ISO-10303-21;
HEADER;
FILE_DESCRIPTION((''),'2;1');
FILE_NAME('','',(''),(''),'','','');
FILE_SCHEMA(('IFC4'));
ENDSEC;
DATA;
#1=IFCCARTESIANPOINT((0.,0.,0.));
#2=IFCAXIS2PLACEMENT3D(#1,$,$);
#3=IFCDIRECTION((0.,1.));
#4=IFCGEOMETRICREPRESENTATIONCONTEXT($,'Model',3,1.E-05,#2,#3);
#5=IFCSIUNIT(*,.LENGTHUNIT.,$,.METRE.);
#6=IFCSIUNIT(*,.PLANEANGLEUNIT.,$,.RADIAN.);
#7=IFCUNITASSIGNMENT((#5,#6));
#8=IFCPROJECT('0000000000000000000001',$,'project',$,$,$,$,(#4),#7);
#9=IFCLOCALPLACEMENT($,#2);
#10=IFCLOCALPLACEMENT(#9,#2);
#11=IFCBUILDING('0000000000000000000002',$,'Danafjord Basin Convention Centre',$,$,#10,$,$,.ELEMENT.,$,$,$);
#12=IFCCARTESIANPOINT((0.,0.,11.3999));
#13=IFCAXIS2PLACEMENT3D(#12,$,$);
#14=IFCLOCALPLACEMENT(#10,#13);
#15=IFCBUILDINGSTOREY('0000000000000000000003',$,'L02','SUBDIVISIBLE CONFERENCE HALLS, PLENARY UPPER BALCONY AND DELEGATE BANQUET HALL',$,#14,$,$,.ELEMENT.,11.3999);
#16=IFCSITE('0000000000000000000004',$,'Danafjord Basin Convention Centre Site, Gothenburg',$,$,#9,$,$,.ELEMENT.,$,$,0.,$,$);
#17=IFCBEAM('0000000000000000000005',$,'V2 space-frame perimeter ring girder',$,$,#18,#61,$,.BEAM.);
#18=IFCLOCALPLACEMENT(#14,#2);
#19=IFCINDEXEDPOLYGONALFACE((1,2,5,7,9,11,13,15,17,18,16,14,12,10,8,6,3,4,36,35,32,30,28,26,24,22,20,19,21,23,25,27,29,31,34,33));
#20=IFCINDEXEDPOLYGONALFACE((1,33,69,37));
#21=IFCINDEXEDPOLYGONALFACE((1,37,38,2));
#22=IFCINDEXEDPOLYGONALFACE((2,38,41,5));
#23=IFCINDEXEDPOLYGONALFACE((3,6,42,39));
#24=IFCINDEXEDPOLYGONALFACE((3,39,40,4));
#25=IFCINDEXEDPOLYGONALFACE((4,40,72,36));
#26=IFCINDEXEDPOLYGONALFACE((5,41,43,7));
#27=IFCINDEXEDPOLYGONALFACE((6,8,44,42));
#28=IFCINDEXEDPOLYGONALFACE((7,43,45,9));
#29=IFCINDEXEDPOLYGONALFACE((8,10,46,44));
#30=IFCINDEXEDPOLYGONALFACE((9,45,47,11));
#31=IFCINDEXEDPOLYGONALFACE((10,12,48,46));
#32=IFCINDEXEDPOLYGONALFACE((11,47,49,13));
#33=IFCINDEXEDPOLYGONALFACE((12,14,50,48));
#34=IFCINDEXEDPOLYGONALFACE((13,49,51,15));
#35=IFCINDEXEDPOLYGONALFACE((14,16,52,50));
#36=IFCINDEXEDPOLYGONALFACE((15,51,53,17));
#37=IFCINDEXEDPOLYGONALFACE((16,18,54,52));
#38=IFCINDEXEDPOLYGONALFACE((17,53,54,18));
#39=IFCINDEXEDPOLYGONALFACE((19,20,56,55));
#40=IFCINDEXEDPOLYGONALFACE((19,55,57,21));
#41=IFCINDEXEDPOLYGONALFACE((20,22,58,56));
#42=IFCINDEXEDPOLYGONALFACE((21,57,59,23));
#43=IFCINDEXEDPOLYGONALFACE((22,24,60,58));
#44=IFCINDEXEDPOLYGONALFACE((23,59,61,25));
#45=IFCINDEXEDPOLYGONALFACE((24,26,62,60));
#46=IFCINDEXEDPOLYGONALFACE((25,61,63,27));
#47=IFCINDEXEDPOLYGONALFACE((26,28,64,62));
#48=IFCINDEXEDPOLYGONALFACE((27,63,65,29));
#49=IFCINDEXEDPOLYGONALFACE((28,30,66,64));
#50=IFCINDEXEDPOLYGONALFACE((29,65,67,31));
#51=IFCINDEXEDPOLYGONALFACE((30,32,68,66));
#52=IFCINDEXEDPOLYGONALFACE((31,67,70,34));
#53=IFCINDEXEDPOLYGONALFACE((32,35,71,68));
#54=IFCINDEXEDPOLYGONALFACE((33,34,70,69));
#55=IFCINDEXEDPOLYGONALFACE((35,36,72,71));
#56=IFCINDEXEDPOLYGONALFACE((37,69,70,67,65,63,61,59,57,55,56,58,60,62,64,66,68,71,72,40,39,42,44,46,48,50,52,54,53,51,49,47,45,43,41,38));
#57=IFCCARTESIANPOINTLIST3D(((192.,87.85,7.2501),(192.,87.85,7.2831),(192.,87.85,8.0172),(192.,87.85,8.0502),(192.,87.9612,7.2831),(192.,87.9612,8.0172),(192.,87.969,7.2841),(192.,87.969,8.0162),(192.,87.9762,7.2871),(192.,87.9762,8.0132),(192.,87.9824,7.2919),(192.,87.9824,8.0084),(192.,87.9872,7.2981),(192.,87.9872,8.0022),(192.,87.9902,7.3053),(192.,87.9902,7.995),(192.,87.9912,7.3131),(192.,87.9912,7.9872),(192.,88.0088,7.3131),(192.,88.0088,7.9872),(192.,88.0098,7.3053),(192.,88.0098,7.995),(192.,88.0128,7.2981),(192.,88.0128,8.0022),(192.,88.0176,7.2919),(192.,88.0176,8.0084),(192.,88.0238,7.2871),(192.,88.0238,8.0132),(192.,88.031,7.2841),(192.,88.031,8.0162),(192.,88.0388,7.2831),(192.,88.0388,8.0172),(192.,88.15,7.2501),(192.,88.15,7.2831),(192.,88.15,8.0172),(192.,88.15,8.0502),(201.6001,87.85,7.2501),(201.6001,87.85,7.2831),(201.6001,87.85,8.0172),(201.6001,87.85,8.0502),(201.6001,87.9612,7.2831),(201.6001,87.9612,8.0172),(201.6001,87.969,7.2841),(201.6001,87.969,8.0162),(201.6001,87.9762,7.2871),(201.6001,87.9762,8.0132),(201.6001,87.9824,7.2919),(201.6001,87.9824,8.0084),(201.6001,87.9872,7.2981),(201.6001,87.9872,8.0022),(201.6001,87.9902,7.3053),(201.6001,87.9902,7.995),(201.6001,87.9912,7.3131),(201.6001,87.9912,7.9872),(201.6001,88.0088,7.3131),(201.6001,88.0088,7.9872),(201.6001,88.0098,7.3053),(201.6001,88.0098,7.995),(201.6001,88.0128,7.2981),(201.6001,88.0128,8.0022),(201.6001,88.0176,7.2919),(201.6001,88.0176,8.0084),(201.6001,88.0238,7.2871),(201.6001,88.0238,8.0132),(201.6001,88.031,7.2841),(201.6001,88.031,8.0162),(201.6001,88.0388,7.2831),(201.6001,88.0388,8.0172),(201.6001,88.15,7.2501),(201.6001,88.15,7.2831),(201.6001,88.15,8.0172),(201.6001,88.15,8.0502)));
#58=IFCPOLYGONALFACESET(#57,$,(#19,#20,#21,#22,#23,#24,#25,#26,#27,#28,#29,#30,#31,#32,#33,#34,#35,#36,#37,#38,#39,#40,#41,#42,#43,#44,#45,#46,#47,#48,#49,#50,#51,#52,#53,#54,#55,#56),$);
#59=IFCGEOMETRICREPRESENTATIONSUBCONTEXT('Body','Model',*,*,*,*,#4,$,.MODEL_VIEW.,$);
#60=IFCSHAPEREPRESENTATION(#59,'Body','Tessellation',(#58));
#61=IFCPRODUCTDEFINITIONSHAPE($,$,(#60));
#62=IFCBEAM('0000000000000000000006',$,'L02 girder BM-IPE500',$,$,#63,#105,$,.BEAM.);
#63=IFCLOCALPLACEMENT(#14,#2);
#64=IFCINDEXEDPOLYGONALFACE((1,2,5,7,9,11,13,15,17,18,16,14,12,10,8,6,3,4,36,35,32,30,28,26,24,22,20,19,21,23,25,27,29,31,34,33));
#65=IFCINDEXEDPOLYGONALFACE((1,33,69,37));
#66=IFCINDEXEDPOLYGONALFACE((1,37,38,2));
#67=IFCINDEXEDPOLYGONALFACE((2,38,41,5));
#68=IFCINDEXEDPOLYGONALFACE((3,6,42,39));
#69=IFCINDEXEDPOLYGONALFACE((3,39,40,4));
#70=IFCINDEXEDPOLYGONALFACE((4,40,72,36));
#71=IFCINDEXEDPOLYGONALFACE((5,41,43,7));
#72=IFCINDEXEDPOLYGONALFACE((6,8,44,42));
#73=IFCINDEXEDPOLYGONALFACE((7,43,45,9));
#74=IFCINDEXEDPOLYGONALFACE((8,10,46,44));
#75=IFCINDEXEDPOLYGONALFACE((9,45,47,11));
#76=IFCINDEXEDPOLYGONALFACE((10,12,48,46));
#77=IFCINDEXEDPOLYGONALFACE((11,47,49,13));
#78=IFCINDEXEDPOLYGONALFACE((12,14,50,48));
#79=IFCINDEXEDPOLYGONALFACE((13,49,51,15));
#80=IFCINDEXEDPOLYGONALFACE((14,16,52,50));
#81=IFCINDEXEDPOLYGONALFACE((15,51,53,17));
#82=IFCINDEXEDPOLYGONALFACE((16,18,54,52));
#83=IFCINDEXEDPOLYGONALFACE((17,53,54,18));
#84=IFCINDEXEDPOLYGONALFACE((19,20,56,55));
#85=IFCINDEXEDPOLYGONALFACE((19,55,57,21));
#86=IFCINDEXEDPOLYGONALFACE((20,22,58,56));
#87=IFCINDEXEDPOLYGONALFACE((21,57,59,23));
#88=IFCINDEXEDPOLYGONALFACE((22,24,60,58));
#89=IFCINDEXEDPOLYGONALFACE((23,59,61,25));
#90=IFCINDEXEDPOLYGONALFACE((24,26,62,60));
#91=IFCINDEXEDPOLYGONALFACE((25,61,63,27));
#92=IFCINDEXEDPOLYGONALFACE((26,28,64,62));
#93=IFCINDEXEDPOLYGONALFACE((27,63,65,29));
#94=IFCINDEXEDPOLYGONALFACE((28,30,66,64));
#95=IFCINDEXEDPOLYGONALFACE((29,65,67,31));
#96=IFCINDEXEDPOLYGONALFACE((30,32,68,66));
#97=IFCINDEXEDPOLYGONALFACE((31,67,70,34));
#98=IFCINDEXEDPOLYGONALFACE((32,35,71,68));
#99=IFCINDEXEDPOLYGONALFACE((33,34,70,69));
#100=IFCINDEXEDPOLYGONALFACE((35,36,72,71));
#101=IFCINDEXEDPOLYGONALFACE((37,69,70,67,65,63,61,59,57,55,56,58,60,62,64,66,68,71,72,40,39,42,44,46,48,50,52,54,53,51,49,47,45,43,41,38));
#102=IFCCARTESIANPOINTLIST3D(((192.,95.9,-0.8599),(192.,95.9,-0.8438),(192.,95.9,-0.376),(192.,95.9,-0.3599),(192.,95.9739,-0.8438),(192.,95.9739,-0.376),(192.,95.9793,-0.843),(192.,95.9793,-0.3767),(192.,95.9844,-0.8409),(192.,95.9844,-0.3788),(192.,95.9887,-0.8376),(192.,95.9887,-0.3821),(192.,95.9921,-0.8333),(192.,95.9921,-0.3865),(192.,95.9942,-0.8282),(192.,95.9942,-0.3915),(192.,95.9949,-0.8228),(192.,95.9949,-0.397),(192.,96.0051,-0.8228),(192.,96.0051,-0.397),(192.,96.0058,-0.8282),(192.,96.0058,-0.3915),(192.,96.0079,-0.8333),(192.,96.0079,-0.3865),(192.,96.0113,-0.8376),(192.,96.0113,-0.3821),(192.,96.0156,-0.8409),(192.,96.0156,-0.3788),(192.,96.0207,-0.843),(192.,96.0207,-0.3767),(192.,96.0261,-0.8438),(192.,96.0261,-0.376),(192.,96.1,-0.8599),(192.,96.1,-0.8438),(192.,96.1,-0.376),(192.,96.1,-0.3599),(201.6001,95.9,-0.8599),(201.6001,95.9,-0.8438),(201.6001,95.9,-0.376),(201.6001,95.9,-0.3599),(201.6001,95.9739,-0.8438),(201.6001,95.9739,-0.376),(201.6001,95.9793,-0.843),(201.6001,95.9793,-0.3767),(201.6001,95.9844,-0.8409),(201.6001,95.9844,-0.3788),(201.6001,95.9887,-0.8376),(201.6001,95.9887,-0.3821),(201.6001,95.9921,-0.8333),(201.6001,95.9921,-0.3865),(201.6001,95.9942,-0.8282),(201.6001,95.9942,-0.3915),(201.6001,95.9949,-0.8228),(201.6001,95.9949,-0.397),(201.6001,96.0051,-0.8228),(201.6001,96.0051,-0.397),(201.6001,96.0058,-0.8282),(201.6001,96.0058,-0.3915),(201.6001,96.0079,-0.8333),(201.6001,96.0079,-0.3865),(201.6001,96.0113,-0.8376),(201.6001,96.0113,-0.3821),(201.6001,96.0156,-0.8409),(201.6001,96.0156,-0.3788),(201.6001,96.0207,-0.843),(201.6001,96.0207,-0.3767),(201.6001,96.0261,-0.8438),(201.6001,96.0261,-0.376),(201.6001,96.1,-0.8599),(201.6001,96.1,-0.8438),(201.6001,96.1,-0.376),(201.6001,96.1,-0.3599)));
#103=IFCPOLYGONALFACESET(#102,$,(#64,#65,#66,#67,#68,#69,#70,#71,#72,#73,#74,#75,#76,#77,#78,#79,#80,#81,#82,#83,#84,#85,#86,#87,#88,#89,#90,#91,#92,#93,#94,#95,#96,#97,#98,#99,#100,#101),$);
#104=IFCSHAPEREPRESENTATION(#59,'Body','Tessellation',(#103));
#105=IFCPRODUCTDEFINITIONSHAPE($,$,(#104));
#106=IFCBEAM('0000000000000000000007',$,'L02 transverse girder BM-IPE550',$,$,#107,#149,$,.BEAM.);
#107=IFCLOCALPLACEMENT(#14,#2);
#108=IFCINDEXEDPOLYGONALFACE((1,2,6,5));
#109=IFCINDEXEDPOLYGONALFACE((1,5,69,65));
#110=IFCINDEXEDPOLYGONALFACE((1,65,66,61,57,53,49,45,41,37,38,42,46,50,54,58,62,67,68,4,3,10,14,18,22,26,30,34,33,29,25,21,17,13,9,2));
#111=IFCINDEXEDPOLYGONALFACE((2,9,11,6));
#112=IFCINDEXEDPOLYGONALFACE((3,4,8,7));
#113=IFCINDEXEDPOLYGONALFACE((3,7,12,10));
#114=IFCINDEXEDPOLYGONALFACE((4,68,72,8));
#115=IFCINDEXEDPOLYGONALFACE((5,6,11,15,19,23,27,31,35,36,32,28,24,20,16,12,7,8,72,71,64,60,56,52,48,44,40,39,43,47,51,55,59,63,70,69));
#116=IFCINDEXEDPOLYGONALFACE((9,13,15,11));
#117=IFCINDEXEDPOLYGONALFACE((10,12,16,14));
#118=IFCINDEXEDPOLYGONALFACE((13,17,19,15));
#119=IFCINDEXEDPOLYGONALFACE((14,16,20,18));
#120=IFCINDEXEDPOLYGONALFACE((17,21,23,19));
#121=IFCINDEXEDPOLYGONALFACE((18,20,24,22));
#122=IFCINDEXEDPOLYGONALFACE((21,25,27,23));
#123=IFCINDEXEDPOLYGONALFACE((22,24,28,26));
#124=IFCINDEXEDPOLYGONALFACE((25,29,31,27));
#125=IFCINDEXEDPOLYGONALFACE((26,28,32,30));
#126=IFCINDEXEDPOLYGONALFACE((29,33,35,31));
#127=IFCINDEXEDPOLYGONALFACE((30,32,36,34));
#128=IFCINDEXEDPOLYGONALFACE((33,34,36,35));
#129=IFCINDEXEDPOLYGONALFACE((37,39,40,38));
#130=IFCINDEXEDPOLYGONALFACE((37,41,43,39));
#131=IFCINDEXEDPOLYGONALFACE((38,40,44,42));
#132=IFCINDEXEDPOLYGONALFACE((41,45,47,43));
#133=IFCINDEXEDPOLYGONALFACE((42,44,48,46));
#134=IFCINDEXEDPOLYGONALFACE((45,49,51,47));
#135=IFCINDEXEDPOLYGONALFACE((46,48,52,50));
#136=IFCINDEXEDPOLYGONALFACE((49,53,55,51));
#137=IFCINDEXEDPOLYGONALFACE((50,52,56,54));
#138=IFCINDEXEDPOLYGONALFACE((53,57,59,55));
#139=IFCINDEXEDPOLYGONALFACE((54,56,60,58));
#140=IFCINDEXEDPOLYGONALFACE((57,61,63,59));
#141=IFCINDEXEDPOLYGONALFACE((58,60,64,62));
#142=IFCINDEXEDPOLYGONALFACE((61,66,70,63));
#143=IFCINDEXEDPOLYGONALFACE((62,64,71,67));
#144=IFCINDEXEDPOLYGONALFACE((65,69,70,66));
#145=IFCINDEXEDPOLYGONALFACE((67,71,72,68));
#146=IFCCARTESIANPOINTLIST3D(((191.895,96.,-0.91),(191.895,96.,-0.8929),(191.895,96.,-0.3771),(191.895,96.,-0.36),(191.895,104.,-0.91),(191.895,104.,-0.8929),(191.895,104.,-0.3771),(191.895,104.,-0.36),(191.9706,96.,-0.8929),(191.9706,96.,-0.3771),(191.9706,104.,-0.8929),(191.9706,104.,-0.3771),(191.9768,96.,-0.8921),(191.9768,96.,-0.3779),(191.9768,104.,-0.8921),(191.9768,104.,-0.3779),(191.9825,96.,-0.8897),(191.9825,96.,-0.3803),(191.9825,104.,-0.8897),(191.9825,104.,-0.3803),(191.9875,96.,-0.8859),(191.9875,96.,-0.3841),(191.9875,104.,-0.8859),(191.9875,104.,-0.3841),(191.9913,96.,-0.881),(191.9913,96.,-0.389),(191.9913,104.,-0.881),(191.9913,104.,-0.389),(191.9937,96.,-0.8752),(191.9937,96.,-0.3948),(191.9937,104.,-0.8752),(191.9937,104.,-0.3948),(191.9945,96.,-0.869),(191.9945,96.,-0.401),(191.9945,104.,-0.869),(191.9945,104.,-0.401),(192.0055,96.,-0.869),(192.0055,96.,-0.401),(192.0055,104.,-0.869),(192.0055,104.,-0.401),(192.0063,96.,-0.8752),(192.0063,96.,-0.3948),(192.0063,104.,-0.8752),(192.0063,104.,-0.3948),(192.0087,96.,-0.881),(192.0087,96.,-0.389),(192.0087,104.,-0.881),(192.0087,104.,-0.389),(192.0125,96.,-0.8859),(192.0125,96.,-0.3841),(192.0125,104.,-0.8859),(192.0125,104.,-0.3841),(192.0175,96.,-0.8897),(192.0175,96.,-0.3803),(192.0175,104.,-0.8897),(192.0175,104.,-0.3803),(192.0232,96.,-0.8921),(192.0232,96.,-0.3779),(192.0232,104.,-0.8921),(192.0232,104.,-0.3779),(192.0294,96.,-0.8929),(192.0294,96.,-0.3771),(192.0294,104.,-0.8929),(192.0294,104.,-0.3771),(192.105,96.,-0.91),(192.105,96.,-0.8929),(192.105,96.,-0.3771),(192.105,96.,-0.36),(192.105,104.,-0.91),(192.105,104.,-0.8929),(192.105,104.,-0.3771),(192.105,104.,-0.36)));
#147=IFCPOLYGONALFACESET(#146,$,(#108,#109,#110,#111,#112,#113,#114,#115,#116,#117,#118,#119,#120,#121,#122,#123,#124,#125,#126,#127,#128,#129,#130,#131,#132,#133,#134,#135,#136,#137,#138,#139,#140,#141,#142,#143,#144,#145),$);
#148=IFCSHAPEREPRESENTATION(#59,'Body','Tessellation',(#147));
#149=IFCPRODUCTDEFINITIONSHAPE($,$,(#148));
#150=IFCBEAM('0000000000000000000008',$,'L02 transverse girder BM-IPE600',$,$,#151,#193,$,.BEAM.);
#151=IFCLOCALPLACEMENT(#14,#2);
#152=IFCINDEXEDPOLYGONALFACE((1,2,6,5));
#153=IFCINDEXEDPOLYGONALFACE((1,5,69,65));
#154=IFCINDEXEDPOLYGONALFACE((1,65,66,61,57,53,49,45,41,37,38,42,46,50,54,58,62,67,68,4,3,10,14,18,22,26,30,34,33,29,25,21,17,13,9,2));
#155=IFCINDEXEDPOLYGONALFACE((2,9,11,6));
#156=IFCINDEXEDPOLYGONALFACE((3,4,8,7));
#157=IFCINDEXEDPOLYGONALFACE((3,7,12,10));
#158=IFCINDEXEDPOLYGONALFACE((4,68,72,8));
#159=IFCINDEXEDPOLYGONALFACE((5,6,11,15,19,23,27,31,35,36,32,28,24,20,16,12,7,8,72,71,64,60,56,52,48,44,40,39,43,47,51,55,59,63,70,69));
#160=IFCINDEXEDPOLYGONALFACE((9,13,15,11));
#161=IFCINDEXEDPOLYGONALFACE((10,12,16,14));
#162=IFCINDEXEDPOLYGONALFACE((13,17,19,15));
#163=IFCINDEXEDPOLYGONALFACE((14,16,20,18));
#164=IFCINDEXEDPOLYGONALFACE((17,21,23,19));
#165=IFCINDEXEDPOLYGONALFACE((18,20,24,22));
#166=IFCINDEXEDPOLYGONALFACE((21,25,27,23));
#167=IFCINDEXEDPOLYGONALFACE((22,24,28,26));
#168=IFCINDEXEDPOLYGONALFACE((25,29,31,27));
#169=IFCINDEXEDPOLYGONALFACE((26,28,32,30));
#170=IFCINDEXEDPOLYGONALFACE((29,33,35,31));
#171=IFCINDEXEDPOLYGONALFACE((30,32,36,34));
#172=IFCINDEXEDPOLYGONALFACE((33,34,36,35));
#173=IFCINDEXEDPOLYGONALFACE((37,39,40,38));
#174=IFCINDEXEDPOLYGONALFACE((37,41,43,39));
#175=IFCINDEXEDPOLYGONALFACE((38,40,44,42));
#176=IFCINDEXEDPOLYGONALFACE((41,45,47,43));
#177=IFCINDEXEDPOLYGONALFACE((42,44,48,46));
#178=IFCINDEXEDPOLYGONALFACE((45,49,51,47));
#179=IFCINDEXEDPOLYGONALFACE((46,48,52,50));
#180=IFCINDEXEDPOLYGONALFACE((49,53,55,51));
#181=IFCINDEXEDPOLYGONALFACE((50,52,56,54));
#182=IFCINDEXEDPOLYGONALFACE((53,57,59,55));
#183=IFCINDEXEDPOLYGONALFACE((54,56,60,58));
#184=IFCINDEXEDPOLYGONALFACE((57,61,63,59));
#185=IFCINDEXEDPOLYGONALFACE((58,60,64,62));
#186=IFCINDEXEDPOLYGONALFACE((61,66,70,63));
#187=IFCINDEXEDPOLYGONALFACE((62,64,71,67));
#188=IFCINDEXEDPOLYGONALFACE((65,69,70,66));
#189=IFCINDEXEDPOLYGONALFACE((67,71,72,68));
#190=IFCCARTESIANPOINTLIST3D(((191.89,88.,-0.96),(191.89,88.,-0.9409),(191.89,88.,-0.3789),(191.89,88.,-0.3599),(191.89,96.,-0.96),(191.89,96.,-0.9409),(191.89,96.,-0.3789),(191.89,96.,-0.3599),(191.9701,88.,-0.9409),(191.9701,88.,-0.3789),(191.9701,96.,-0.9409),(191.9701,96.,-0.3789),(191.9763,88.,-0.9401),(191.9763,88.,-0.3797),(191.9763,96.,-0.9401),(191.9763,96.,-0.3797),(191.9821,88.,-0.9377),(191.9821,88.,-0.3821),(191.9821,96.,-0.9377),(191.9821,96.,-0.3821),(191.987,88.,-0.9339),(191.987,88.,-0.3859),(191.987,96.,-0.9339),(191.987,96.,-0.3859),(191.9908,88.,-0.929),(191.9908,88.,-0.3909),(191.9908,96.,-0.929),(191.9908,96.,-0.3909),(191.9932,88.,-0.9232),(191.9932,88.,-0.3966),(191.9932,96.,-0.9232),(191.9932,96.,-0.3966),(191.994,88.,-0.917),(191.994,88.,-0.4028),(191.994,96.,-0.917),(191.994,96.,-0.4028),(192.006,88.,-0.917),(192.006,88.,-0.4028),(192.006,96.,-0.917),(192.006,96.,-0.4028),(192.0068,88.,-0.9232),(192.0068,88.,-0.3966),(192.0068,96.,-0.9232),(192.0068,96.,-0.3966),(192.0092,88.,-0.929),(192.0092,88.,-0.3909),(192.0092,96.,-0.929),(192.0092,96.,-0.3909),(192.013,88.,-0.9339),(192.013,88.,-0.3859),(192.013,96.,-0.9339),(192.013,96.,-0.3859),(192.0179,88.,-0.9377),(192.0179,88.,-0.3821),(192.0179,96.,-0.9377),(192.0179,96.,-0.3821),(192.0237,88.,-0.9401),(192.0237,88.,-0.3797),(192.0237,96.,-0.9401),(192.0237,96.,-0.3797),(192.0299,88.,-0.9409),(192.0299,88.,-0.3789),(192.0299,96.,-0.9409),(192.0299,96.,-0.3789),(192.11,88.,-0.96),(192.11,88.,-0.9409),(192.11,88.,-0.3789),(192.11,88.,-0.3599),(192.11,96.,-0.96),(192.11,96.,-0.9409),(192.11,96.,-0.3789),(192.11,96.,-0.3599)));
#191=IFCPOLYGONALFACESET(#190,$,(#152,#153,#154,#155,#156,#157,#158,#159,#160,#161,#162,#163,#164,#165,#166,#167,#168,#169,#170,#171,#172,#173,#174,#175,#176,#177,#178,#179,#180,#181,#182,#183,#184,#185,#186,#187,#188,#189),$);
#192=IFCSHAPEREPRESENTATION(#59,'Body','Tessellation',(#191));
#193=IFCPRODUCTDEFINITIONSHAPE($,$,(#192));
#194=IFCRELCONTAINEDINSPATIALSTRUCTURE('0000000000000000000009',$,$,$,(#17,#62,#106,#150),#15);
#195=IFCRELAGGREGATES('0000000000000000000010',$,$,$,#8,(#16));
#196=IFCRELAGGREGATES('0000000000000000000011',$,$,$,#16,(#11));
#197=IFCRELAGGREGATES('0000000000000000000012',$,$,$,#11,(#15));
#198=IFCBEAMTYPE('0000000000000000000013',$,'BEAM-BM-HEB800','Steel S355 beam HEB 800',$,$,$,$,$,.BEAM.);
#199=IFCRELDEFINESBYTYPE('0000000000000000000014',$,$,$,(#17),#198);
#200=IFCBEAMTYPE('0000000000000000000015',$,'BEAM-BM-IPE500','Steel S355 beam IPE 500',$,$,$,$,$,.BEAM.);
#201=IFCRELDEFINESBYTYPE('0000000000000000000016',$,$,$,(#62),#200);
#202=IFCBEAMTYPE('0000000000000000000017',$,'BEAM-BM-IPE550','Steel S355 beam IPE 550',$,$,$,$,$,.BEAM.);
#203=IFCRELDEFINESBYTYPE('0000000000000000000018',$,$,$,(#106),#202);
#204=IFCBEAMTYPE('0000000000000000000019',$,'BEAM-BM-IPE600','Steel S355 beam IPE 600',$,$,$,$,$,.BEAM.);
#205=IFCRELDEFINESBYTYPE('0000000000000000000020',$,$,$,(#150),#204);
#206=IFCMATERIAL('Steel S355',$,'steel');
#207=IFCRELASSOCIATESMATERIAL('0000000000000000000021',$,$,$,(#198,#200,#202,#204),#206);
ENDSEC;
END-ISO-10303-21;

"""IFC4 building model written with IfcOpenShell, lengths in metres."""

from ifc_helpers import new_model, si_unit, direction, frame, origin, origin_2d, place, context, subcontext, project, spatial, i_section, extrude, material, material_profile, profile_set, type_object, element, save


model = new_model("IFC4")

# Units and contexts
model_context = context("Model", 3, precision=1e-05, world=origin(), true_north=direction((0.0, 1.0)))
body_context = subcontext(model_context, "Body", "Model", "MODEL_VIEW")
ifc_project = project(units=[si_unit("LENGTHUNIT", "METRE"), si_unit("PLANEANGLEUNIT", "RADIAN")], contexts=[model_context])

# Site, building, storey
site_placement = place(None, origin())
site = spatial("IfcSite", under=ifc_project, at=site_placement, Name="Danafjord Basin Convention Centre Site, Gothenburg", CompositionType="ELEMENT", RefElevation=0.0)
building_placement = place(site_placement, origin())
building = spatial("IfcBuilding", under=site, at=building_placement, Name="Danafjord Basin Convention Centre", CompositionType="ELEMENT")
storey_placement = place(building_placement, frame((0.0, 0.0, 11.3999)))
storey = spatial("IfcBuildingStorey", under=building, at=storey_placement, Name="L02", Description="SUBDIVISIBLE CONFERENCE HALLS, PLENARY UPPER BALCONY AND DELEGATE BANQUET HALL", CompositionType="ELEMENT", Elevation=11.3999)

# Beams
ifc_material_1 = material(Name="Steel S355", Category="steel")
ifc_material_profile_1 = material_profile(ifc_material_1, i_section(OverallWidth=0.3, OverallDepth=0.8, WebThickness=0.0176, FlangeThickness=0.033, FilletRadius=0.03, at=origin_2d()), Name="HEB 800")
ifc_profile_set_1 = profile_set([ifc_material_profile_1], Name="Steel S355")
beam_type_1 = type_object("IfcBeamType", Name="BEAM-BM-HEB800", Description="Steel S355 beam HEB 800", PredefinedType="BEAM", material=ifc_profile_set_1)
beam_1_placement = place(storey_placement, frame((192.0, 88.0, 7.6501), z_axis=(1.0, 0.0, 0.0), x_axis=(0.0, 1.0, 0.0)))
element("IfcBeam", 1, at=beam_1_placement, inside=storey, type_object=beam_type_1, Name="V2 space-frame perimeter ring girder", PredefinedType="BEAM", context=body_context, shape_type="SweptSolid", body=[
    extrude(i_section(OverallWidth=0.3, OverallDepth=0.8, WebThickness=0.0176, FlangeThickness=0.033, FilletRadius=0.03, at=origin_2d()), origin(), (0.0, 0.0, 1.0), 9.6001),
])
ifc_material_profile_2 = material_profile(ifc_material_1, i_section(OverallWidth=0.2, OverallDepth=0.5, WebThickness=0.0103, FlangeThickness=0.0161, FilletRadius=0.021, at=origin_2d()), Name="IPE 500")
ifc_profile_set_2 = profile_set([ifc_material_profile_2], Name="Steel S355")
beam_type_2 = type_object("IfcBeamType", Name="BEAM-BM-IPE500", Description="Steel S355 beam IPE 500", PredefinedType="BEAM", material=ifc_profile_set_2)
beam_2_placement = place(storey_placement, frame((192.0, 96.0, -0.6099), z_axis=(1.0, 0.0, 0.0), x_axis=(0.0, 1.0, 0.0)))
element("IfcBeam", 2, at=beam_2_placement, inside=storey, type_object=beam_type_2, Name="L02 girder BM-IPE500", PredefinedType="BEAM", context=body_context, shape_type="SweptSolid", body=[
    extrude(i_section(OverallWidth=0.2, OverallDepth=0.5, WebThickness=0.0103, FlangeThickness=0.0161, FilletRadius=0.021, at=origin_2d()), origin(), (0.0, 0.0, 1.0), 9.6001),
])
ifc_material_profile_3 = material_profile(ifc_material_1, i_section(OverallWidth=0.21, OverallDepth=0.55, WebThickness=0.011, FlangeThickness=0.0171, FilletRadius=0.0239, at=origin_2d()), Name="IPE 550")
ifc_profile_set_3 = profile_set([ifc_material_profile_3], Name="Steel S355")
beam_type_3 = type_object("IfcBeamType", Name="BEAM-BM-IPE550", Description="Steel S355 beam IPE 550", PredefinedType="BEAM", material=ifc_profile_set_3)
beam_3_placement = place(storey_placement, frame((192.0, 96.0, -0.635), z_axis=(0.0, 1.0, 0.0), x_axis=(-1.0, 0.0, 0.0)))
element("IfcBeam", 3, at=beam_3_placement, inside=storey, type_object=beam_type_3, Name="L02 transverse girder BM-IPE550", PredefinedType="BEAM", context=body_context, shape_type="SweptSolid", body=[
    extrude(i_section(OverallWidth=0.21, OverallDepth=0.55, WebThickness=0.011, FlangeThickness=0.0171, FilletRadius=0.0239, at=origin_2d()), origin(), (0.0, 0.0, 1.0), 8.0),
])
ifc_material_profile_4 = material_profile(ifc_material_1, i_section(OverallWidth=0.22, OverallDepth=0.6001, WebThickness=0.012, FlangeThickness=0.019, FilletRadius=0.0239, at=origin_2d()), Name="IPE 600")
ifc_profile_set_4 = profile_set([ifc_material_profile_4], Name="Steel S355")
beam_type_4 = type_object("IfcBeamType", Name="BEAM-BM-IPE600", Description="Steel S355 beam IPE 600", PredefinedType="BEAM", material=ifc_profile_set_4)
beam_4_placement = place(storey_placement, frame((192.0, 88.0, -0.6599), z_axis=(0.0, 1.0, 0.0), x_axis=(-1.0, 0.0, 0.0)))
element("IfcBeam", 4, at=beam_4_placement, inside=storey, type_object=beam_type_4, Name="L02 transverse girder BM-IPE600", PredefinedType="BEAM", context=body_context, shape_type="SweptSolid", body=[
    extrude(i_section(OverallWidth=0.22, OverallDepth=0.6001, WebThickness=0.012, FlangeThickness=0.019, FilletRadius=0.0239, at=origin_2d()), origin(), (0.0, 0.0, 1.0), 8.0),
])

save(model, "model.ifc")
